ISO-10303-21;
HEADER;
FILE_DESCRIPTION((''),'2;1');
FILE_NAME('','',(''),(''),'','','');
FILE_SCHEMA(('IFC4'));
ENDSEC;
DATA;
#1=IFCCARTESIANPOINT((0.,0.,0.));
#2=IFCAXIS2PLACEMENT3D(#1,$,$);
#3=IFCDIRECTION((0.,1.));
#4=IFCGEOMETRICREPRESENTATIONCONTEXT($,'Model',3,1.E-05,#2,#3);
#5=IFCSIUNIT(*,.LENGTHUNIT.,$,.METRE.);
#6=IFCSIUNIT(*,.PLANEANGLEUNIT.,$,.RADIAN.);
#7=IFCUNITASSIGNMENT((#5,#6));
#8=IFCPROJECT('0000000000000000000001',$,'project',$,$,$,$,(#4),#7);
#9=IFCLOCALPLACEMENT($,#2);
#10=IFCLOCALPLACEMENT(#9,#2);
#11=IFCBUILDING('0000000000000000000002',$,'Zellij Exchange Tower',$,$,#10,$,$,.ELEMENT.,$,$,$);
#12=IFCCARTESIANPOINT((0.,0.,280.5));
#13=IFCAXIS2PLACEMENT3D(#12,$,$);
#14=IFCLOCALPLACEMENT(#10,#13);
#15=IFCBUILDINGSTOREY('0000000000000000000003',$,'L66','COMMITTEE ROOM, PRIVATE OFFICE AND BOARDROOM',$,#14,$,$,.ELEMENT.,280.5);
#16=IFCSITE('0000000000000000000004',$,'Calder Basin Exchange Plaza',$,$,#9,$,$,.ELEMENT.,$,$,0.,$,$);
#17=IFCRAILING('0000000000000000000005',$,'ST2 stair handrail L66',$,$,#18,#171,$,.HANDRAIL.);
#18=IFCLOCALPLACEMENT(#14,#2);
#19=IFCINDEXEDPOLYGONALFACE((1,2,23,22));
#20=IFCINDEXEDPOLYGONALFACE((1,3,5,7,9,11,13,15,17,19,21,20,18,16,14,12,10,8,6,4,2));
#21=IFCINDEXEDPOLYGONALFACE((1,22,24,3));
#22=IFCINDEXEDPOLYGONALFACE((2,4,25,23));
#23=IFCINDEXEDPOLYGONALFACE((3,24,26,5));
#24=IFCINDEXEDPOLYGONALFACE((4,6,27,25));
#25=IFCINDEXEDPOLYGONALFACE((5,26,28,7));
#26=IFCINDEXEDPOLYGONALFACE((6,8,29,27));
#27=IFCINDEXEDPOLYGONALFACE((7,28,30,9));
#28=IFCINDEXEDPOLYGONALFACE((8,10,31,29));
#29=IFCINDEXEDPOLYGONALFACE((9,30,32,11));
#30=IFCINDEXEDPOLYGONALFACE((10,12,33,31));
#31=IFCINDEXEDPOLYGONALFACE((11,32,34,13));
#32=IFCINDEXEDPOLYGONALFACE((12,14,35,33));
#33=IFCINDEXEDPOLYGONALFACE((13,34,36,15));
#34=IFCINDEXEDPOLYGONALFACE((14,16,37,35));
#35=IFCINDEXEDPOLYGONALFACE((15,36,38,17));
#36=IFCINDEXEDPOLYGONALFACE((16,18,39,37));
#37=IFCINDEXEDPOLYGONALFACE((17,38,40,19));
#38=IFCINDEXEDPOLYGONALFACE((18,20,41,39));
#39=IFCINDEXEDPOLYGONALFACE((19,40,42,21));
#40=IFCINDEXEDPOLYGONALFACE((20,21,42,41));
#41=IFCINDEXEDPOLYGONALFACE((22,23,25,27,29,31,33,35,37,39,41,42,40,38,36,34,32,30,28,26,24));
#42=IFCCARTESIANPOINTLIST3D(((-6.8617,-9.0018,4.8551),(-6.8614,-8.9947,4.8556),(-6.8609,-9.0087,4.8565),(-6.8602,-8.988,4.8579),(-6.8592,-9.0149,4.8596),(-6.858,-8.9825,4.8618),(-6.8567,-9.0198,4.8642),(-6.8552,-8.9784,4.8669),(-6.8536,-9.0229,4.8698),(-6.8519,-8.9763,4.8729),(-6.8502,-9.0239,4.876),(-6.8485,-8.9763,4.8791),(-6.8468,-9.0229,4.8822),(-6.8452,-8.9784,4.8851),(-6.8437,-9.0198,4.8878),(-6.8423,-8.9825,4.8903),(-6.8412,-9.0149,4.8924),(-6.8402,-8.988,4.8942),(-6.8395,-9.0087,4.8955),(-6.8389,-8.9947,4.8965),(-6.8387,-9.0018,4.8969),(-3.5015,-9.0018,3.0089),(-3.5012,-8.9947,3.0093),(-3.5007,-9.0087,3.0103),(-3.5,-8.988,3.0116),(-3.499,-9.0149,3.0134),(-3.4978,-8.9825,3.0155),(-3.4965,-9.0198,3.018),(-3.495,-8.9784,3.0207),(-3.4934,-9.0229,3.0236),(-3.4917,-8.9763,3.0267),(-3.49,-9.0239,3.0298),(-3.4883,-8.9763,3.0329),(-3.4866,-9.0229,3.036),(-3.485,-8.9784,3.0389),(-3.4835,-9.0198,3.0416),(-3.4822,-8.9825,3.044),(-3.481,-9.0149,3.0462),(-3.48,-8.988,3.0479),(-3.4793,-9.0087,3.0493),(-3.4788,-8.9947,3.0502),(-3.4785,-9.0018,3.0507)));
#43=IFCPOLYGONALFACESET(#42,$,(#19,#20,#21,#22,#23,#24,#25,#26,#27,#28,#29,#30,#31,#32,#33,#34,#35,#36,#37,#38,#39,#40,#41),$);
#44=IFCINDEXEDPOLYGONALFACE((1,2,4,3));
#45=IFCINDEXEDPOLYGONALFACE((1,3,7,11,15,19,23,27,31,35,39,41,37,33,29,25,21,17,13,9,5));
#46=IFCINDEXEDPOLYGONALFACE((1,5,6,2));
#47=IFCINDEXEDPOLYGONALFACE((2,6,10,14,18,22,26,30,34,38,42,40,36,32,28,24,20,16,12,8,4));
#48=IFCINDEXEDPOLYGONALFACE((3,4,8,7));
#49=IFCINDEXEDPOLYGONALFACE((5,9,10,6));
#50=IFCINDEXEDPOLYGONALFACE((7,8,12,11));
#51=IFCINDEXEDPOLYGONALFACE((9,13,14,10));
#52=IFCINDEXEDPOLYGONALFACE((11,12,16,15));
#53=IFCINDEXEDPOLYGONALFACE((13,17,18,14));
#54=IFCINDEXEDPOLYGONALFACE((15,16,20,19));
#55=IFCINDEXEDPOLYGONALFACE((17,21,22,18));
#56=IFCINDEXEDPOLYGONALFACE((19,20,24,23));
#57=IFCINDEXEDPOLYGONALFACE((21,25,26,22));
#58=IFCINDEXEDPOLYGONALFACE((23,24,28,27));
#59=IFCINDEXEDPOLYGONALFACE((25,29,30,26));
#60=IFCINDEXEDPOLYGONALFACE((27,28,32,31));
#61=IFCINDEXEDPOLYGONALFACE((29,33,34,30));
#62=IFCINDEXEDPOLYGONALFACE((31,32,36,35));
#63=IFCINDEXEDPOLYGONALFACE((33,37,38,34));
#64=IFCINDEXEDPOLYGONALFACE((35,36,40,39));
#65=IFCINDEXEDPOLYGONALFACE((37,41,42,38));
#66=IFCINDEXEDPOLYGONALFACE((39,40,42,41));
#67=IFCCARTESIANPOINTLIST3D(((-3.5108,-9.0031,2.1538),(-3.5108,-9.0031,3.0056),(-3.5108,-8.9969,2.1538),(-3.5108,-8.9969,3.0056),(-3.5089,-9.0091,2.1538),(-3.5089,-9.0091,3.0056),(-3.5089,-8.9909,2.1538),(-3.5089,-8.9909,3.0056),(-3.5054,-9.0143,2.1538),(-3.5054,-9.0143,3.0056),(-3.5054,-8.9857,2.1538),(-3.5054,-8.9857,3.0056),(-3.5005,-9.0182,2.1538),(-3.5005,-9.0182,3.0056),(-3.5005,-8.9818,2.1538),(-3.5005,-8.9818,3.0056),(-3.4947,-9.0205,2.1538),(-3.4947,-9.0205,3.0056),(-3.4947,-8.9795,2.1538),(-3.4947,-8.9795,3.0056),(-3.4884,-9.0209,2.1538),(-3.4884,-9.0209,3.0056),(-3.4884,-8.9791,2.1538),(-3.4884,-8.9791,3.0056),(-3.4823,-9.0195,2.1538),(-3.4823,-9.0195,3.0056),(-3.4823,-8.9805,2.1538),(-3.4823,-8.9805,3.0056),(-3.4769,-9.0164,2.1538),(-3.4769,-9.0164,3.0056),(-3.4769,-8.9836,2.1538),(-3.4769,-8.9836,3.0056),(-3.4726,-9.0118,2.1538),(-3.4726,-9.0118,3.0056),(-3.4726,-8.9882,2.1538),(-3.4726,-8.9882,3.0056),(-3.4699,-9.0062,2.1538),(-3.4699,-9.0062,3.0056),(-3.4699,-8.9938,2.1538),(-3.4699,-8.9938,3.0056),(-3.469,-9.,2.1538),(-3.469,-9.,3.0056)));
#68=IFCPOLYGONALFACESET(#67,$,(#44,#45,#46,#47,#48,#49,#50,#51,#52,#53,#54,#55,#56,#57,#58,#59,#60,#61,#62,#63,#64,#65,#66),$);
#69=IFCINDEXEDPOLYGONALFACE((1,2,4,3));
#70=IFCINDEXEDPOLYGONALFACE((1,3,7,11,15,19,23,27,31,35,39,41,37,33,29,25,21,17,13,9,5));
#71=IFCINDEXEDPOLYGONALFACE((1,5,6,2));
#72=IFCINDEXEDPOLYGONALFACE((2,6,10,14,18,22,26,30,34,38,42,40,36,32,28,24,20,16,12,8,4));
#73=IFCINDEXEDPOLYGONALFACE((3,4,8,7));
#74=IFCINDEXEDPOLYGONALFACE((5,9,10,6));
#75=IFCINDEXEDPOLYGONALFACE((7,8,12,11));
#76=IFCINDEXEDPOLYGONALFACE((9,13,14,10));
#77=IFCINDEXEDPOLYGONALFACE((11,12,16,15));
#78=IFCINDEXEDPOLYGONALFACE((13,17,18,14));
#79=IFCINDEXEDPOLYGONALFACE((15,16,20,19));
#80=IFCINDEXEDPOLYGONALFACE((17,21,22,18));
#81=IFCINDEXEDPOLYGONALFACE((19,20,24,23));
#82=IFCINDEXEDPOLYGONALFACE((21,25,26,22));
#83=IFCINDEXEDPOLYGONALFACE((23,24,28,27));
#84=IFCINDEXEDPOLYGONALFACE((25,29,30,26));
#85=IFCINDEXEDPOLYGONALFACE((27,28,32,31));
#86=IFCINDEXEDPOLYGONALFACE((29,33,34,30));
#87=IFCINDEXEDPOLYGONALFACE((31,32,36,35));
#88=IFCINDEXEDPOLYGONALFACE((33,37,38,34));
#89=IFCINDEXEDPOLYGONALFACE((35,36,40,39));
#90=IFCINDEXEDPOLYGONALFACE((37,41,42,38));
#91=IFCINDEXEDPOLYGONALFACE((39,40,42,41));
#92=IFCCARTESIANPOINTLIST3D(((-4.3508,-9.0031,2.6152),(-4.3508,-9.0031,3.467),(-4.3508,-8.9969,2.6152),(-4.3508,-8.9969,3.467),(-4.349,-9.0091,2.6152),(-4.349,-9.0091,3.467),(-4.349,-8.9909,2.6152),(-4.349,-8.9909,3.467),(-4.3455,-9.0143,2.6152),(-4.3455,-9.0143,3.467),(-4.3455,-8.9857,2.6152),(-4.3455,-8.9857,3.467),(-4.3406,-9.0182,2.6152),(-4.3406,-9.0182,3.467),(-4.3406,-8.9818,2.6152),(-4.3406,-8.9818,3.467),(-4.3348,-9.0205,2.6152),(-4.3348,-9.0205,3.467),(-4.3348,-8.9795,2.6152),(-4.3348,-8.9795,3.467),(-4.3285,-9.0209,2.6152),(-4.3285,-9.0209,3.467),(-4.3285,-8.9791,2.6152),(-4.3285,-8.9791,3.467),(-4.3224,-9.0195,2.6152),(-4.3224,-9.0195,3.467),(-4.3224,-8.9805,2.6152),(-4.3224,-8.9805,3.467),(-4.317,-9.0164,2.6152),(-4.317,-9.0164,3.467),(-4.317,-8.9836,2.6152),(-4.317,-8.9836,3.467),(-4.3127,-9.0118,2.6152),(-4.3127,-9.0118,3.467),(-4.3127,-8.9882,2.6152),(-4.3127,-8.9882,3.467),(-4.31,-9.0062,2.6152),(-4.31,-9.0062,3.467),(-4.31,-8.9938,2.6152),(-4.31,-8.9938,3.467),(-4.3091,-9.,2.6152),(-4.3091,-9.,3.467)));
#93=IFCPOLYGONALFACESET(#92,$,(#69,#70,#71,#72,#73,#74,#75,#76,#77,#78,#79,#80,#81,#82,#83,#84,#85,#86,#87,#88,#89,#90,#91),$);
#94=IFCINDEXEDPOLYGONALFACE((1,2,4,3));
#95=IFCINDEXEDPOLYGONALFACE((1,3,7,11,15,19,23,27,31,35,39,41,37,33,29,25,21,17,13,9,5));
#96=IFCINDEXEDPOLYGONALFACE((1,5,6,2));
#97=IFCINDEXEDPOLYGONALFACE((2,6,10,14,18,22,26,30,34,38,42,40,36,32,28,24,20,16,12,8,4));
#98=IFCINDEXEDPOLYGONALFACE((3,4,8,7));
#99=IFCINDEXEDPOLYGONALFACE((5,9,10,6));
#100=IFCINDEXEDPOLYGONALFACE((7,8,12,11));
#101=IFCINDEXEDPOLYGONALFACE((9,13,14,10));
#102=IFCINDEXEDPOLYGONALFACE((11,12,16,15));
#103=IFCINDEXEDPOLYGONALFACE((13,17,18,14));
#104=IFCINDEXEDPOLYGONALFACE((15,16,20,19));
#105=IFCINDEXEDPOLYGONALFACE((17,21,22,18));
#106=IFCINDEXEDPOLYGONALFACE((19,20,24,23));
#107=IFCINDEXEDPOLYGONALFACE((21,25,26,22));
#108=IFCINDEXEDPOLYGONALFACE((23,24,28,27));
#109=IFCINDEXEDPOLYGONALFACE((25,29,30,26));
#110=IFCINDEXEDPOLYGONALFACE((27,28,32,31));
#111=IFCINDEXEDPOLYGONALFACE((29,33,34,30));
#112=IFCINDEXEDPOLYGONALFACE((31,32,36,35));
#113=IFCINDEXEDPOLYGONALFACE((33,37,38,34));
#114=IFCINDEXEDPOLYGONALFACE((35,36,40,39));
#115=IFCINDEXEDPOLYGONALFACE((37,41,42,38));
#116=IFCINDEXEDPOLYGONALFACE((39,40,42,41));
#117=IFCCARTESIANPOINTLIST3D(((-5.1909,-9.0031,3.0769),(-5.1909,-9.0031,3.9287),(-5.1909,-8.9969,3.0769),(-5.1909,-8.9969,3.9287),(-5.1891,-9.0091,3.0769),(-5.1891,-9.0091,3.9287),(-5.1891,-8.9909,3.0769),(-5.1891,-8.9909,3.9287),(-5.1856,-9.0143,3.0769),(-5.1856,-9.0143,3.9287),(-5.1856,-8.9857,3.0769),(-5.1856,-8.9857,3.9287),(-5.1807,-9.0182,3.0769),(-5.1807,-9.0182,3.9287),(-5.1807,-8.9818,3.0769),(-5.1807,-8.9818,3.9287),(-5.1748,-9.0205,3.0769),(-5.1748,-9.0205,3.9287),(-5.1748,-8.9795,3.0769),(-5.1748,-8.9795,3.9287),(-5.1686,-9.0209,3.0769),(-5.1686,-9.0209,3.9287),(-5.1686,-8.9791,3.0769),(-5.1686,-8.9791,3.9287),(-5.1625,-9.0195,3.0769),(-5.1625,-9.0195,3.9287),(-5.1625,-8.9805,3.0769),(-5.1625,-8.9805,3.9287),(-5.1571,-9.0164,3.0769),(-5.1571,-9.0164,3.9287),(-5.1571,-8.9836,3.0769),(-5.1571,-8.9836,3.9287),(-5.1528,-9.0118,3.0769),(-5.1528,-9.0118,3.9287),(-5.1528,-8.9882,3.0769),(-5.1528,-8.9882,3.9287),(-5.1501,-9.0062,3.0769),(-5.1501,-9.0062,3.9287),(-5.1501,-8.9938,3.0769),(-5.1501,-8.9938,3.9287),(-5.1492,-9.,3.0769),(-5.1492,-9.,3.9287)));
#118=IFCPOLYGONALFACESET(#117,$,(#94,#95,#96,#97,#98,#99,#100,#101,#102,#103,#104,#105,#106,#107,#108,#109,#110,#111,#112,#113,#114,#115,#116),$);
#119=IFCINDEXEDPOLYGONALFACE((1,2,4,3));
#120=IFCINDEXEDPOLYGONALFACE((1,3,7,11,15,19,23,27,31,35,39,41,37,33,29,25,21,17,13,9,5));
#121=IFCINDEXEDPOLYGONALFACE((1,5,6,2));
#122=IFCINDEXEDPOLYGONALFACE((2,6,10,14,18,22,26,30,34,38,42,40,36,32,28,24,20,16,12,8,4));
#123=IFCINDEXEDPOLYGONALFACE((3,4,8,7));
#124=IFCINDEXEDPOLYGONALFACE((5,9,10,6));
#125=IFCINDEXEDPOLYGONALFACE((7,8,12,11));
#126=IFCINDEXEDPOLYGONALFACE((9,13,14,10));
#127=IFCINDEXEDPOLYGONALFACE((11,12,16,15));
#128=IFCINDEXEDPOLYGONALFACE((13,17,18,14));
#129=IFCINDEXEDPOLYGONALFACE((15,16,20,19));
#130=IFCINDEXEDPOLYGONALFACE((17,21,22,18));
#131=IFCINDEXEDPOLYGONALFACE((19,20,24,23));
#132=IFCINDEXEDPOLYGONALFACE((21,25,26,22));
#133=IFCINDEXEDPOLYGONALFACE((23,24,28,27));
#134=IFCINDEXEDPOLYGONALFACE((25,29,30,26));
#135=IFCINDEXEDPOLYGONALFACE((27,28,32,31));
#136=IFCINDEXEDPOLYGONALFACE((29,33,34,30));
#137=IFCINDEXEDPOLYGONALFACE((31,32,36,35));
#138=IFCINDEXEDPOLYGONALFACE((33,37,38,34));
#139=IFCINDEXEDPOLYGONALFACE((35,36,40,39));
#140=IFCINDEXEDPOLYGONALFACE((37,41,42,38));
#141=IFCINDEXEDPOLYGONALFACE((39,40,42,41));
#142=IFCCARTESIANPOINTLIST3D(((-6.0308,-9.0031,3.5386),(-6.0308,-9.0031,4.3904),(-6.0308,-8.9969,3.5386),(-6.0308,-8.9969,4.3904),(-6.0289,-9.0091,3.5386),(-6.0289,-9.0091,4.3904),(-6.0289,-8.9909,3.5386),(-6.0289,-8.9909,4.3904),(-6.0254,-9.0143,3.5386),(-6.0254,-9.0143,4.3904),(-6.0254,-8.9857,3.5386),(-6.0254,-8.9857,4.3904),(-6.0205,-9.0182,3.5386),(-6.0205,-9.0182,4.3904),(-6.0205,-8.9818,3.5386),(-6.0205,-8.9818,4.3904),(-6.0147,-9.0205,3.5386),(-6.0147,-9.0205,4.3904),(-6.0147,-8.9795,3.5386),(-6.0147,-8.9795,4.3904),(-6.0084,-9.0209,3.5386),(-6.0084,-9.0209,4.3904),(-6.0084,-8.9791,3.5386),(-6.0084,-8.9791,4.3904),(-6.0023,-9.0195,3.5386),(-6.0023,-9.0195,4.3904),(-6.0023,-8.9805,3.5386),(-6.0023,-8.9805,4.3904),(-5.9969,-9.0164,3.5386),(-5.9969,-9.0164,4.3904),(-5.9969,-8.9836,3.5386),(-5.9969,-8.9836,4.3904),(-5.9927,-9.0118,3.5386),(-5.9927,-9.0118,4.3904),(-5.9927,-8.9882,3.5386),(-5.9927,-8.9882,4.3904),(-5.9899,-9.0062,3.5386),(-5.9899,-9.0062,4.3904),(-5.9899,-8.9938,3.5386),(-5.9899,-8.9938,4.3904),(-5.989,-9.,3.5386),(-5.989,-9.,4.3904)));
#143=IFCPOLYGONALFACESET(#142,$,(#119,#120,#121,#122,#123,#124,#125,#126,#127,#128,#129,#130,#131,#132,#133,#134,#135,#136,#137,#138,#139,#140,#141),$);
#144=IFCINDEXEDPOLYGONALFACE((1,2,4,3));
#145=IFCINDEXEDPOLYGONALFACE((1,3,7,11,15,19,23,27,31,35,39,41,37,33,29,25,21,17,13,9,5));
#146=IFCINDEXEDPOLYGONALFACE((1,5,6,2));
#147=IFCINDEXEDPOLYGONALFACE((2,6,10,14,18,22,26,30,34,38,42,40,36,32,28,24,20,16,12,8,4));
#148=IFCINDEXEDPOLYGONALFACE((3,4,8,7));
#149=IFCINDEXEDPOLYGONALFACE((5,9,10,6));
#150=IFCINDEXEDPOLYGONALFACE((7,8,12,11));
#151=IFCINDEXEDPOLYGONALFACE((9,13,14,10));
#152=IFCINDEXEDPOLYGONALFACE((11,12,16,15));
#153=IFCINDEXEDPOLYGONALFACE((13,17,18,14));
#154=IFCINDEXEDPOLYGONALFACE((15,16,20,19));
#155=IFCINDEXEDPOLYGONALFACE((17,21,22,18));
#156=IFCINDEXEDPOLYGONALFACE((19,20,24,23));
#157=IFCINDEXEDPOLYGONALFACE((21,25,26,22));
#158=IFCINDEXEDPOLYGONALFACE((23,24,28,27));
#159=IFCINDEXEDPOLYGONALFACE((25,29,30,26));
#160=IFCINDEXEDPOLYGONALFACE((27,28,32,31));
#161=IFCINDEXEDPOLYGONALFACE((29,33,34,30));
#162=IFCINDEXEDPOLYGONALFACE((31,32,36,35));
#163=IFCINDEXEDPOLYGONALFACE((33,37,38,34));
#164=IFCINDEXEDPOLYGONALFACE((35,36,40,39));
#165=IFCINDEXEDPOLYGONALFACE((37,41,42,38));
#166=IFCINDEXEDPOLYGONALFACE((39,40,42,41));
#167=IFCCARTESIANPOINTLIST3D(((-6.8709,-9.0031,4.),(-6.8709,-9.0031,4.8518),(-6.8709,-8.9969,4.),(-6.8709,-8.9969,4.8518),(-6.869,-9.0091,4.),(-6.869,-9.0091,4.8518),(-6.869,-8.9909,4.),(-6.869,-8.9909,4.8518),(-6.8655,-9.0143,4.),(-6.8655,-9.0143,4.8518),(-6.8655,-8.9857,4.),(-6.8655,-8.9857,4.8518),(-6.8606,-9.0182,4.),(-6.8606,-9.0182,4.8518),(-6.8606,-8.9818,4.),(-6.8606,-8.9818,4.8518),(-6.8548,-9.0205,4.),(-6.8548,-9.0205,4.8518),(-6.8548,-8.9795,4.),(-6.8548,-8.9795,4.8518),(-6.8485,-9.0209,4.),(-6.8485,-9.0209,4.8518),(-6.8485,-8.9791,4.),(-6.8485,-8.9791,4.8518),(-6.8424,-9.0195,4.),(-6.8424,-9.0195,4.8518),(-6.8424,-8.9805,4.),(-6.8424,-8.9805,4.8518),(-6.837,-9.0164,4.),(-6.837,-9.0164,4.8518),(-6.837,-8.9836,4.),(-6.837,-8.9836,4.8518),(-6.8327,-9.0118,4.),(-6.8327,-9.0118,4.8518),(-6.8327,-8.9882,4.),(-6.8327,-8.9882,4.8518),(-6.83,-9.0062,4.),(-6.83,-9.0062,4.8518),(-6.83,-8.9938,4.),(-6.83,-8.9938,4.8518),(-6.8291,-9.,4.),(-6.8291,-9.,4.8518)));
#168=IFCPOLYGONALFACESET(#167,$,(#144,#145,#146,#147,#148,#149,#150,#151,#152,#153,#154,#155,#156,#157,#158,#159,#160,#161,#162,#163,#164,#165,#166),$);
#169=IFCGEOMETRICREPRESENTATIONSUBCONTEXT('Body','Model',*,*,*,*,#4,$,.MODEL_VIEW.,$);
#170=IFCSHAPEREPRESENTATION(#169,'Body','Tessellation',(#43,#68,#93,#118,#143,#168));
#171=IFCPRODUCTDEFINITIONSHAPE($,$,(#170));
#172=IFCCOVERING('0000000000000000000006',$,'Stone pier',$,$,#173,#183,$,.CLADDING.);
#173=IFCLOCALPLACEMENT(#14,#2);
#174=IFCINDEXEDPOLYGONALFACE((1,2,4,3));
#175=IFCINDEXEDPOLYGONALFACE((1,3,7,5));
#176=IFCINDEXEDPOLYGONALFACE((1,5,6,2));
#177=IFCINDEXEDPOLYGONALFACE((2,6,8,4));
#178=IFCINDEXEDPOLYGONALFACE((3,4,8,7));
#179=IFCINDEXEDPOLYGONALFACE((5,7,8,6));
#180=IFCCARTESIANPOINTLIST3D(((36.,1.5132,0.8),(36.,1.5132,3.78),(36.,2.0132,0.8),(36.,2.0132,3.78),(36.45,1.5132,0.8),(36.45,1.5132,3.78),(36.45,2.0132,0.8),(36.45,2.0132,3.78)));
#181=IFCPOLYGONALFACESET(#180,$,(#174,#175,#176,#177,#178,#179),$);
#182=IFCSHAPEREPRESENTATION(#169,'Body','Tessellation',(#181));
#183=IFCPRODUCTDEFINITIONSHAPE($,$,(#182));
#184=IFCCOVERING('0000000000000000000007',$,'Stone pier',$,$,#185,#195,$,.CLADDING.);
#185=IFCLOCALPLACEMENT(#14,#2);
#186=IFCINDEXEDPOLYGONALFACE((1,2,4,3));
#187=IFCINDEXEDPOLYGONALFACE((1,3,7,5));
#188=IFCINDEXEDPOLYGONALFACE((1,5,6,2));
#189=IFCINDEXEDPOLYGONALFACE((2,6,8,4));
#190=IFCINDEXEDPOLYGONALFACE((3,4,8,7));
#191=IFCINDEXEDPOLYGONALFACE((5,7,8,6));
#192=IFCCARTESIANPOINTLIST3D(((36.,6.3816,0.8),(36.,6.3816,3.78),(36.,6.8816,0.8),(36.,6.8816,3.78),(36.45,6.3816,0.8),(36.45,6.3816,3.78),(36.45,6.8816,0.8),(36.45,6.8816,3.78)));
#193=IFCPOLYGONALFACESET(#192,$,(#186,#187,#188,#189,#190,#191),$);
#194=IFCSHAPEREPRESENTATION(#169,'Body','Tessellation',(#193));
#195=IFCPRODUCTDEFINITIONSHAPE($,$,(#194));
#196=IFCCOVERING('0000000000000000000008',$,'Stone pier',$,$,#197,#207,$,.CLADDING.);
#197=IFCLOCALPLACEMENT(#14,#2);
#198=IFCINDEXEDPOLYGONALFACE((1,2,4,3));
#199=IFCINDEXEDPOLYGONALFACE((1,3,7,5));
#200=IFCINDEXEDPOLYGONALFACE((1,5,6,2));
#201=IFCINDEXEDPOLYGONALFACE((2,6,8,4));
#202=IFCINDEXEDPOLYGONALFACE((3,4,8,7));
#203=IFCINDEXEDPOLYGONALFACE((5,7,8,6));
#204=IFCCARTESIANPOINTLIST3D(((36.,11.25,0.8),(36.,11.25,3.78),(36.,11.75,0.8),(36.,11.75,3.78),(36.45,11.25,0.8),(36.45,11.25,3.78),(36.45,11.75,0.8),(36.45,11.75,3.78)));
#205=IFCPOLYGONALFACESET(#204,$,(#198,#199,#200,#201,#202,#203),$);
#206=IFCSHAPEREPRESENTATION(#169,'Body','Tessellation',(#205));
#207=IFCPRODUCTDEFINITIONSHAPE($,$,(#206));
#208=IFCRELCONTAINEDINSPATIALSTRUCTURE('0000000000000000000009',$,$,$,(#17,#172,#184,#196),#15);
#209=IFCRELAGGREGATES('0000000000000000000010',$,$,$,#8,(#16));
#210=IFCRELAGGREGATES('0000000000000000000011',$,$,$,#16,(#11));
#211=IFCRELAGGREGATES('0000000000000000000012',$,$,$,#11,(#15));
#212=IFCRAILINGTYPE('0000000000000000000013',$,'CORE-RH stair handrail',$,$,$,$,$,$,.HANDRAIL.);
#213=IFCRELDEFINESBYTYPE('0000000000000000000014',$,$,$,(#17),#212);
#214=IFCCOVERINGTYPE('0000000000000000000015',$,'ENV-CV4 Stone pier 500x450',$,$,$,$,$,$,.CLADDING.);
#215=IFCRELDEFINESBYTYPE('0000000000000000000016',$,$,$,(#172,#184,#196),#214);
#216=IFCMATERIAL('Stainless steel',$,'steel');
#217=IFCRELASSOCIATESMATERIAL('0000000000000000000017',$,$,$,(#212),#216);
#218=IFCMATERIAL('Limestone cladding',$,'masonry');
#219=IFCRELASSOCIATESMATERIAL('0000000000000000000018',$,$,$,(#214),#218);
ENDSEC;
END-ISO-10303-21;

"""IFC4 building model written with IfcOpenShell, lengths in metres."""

from ifc_helpers import new_model, si_unit, direction, frame, origin, origin_2d, place, context, subcontext, project, spatial, polyline, circle, outline, extrude, material, type_object, element, save


model = new_model("IFC4")

# Units and contexts
model_context = context("Model", 3, precision=1e-05, world=origin(), true_north=direction((0.0, 1.0)))
body_context = subcontext(model_context, "Body", "Model", "MODEL_VIEW")
ifc_project = project(units=[si_unit("LENGTHUNIT", "METRE"), si_unit("PLANEANGLEUNIT", "RADIAN")], contexts=[model_context])

# Site, building, storey
site_placement = place(None, origin())
site = spatial("IfcSite", under=ifc_project, at=site_placement, Name="Calder Basin Exchange Plaza", CompositionType="ELEMENT", RefElevation=0.0)
building_placement = place(site_placement, origin())
building = spatial("IfcBuilding", under=site, at=building_placement, Name="Zellij Exchange Tower", CompositionType="ELEMENT")
storey_placement = place(building_placement, frame((0.0, 0.0, 280.5)))
storey = spatial("IfcBuildingStorey", under=building, at=storey_placement, Name="L66", Description="COMMITTEE ROOM, PRIVATE OFFICE AND BOARDROOM", CompositionType="ELEMENT", Elevation=280.5)

# Railing
ifc_material_1 = material(Name="Stainless steel", Category="steel")
railing_type_1 = type_object("IfcRailingType", Name="CORE-RH stair handrail", PredefinedType="HANDRAIL", material=ifc_material_1)
railing_1_placement = place(storey_placement, frame((-3.49, -9.0, 2.1538)))
element("IfcRailing", 1, at=railing_1_placement, inside=storey, type_object=railing_type_1, Name="ST2 stair handrail L66", PredefinedType="HANDRAIL", context=body_context, shape_type="SweptSolid", body=[
    extrude(circle(Radius=0.0239, at=origin_2d()), frame((0.0, 0.0, 0.876), z_axis=(-0.876422, 0.0, 0.481545), x_axis=(0.0, -1.0, 0.0)), (0.0, 0.0, 1.0), 3.834),
    extrude(circle(Radius=0.021, at=origin_2d()), origin(), (0.0, 0.0, 1.0), 0.8518),
    extrude(circle(Radius=0.021, at=origin_2d()), frame((-0.8401, 0.0, 0.4614)), (0.0, 0.0, 1.0), 0.8518),
    extrude(circle(Radius=0.021, at=origin_2d()), frame((-1.6802, 0.0, 0.9231)), (0.0, 0.0, 1.0), 0.8518),
    extrude(circle(Radius=0.021, at=origin_2d()), frame((-2.52, 0.0, 1.3848)), (0.0, 0.0, 1.0), 0.8518),
    extrude(circle(Radius=0.021, at=origin_2d()), frame((-3.3601, 0.0, 1.8462)), (0.0, 0.0, 1.0), 0.8518),
])

# Coverings
ifc_material_2 = material(Name="Limestone cladding", Category="masonry")
covering_type = type_object("IfcCoveringType", Name="ENV-CV4 Stone pier 500x450", PredefinedType="CLADDING", material=ifc_material_2)
covering_1_placement = place(storey_placement, frame((0.0, 0.0, 0.8)))
element("IfcCovering", 2, at=covering_1_placement, inside=storey, type_object=covering_type, Name="Stone pier", PredefinedType="CLADDING", context=body_context, shape_type="SweptSolid", body=[
    extrude(outline(polyline([(36.0, 1.5132), (36.0, 2.0132), (36.45, 2.0132), (36.45, 1.5132), (36.0, 1.5132)])), origin(), (0.0, 0.0, 1.0), 2.98),
])
covering_2_placement = place(storey_placement, frame((0.0, 0.0, 0.8)))
element("IfcCovering", 3, at=covering_2_placement, inside=storey, type_object=covering_type, Name="Stone pier", PredefinedType="CLADDING", context=body_context, shape_type="SweptSolid", body=[
    extrude(outline(polyline([(36.0, 6.3816), (36.0, 6.8816), (36.45, 6.8816), (36.45, 6.3816), (36.0, 6.3816)])), origin(), (0.0, 0.0, 1.0), 2.98),
])
covering_3_placement = place(storey_placement, frame((0.0, 0.0, 0.8)))
element("IfcCovering", 4, at=covering_3_placement, inside=storey, type_object=covering_type, Name="Stone pier", PredefinedType="CLADDING", context=body_context, shape_type="SweptSolid", body=[
    extrude(outline(polyline([(36.0, 11.25), (36.0, 11.75), (36.45, 11.75), (36.45, 11.25), (36.0, 11.25)])), origin(), (0.0, 0.0, 1.0), 2.98),
])

save(model, "model.ifc")
